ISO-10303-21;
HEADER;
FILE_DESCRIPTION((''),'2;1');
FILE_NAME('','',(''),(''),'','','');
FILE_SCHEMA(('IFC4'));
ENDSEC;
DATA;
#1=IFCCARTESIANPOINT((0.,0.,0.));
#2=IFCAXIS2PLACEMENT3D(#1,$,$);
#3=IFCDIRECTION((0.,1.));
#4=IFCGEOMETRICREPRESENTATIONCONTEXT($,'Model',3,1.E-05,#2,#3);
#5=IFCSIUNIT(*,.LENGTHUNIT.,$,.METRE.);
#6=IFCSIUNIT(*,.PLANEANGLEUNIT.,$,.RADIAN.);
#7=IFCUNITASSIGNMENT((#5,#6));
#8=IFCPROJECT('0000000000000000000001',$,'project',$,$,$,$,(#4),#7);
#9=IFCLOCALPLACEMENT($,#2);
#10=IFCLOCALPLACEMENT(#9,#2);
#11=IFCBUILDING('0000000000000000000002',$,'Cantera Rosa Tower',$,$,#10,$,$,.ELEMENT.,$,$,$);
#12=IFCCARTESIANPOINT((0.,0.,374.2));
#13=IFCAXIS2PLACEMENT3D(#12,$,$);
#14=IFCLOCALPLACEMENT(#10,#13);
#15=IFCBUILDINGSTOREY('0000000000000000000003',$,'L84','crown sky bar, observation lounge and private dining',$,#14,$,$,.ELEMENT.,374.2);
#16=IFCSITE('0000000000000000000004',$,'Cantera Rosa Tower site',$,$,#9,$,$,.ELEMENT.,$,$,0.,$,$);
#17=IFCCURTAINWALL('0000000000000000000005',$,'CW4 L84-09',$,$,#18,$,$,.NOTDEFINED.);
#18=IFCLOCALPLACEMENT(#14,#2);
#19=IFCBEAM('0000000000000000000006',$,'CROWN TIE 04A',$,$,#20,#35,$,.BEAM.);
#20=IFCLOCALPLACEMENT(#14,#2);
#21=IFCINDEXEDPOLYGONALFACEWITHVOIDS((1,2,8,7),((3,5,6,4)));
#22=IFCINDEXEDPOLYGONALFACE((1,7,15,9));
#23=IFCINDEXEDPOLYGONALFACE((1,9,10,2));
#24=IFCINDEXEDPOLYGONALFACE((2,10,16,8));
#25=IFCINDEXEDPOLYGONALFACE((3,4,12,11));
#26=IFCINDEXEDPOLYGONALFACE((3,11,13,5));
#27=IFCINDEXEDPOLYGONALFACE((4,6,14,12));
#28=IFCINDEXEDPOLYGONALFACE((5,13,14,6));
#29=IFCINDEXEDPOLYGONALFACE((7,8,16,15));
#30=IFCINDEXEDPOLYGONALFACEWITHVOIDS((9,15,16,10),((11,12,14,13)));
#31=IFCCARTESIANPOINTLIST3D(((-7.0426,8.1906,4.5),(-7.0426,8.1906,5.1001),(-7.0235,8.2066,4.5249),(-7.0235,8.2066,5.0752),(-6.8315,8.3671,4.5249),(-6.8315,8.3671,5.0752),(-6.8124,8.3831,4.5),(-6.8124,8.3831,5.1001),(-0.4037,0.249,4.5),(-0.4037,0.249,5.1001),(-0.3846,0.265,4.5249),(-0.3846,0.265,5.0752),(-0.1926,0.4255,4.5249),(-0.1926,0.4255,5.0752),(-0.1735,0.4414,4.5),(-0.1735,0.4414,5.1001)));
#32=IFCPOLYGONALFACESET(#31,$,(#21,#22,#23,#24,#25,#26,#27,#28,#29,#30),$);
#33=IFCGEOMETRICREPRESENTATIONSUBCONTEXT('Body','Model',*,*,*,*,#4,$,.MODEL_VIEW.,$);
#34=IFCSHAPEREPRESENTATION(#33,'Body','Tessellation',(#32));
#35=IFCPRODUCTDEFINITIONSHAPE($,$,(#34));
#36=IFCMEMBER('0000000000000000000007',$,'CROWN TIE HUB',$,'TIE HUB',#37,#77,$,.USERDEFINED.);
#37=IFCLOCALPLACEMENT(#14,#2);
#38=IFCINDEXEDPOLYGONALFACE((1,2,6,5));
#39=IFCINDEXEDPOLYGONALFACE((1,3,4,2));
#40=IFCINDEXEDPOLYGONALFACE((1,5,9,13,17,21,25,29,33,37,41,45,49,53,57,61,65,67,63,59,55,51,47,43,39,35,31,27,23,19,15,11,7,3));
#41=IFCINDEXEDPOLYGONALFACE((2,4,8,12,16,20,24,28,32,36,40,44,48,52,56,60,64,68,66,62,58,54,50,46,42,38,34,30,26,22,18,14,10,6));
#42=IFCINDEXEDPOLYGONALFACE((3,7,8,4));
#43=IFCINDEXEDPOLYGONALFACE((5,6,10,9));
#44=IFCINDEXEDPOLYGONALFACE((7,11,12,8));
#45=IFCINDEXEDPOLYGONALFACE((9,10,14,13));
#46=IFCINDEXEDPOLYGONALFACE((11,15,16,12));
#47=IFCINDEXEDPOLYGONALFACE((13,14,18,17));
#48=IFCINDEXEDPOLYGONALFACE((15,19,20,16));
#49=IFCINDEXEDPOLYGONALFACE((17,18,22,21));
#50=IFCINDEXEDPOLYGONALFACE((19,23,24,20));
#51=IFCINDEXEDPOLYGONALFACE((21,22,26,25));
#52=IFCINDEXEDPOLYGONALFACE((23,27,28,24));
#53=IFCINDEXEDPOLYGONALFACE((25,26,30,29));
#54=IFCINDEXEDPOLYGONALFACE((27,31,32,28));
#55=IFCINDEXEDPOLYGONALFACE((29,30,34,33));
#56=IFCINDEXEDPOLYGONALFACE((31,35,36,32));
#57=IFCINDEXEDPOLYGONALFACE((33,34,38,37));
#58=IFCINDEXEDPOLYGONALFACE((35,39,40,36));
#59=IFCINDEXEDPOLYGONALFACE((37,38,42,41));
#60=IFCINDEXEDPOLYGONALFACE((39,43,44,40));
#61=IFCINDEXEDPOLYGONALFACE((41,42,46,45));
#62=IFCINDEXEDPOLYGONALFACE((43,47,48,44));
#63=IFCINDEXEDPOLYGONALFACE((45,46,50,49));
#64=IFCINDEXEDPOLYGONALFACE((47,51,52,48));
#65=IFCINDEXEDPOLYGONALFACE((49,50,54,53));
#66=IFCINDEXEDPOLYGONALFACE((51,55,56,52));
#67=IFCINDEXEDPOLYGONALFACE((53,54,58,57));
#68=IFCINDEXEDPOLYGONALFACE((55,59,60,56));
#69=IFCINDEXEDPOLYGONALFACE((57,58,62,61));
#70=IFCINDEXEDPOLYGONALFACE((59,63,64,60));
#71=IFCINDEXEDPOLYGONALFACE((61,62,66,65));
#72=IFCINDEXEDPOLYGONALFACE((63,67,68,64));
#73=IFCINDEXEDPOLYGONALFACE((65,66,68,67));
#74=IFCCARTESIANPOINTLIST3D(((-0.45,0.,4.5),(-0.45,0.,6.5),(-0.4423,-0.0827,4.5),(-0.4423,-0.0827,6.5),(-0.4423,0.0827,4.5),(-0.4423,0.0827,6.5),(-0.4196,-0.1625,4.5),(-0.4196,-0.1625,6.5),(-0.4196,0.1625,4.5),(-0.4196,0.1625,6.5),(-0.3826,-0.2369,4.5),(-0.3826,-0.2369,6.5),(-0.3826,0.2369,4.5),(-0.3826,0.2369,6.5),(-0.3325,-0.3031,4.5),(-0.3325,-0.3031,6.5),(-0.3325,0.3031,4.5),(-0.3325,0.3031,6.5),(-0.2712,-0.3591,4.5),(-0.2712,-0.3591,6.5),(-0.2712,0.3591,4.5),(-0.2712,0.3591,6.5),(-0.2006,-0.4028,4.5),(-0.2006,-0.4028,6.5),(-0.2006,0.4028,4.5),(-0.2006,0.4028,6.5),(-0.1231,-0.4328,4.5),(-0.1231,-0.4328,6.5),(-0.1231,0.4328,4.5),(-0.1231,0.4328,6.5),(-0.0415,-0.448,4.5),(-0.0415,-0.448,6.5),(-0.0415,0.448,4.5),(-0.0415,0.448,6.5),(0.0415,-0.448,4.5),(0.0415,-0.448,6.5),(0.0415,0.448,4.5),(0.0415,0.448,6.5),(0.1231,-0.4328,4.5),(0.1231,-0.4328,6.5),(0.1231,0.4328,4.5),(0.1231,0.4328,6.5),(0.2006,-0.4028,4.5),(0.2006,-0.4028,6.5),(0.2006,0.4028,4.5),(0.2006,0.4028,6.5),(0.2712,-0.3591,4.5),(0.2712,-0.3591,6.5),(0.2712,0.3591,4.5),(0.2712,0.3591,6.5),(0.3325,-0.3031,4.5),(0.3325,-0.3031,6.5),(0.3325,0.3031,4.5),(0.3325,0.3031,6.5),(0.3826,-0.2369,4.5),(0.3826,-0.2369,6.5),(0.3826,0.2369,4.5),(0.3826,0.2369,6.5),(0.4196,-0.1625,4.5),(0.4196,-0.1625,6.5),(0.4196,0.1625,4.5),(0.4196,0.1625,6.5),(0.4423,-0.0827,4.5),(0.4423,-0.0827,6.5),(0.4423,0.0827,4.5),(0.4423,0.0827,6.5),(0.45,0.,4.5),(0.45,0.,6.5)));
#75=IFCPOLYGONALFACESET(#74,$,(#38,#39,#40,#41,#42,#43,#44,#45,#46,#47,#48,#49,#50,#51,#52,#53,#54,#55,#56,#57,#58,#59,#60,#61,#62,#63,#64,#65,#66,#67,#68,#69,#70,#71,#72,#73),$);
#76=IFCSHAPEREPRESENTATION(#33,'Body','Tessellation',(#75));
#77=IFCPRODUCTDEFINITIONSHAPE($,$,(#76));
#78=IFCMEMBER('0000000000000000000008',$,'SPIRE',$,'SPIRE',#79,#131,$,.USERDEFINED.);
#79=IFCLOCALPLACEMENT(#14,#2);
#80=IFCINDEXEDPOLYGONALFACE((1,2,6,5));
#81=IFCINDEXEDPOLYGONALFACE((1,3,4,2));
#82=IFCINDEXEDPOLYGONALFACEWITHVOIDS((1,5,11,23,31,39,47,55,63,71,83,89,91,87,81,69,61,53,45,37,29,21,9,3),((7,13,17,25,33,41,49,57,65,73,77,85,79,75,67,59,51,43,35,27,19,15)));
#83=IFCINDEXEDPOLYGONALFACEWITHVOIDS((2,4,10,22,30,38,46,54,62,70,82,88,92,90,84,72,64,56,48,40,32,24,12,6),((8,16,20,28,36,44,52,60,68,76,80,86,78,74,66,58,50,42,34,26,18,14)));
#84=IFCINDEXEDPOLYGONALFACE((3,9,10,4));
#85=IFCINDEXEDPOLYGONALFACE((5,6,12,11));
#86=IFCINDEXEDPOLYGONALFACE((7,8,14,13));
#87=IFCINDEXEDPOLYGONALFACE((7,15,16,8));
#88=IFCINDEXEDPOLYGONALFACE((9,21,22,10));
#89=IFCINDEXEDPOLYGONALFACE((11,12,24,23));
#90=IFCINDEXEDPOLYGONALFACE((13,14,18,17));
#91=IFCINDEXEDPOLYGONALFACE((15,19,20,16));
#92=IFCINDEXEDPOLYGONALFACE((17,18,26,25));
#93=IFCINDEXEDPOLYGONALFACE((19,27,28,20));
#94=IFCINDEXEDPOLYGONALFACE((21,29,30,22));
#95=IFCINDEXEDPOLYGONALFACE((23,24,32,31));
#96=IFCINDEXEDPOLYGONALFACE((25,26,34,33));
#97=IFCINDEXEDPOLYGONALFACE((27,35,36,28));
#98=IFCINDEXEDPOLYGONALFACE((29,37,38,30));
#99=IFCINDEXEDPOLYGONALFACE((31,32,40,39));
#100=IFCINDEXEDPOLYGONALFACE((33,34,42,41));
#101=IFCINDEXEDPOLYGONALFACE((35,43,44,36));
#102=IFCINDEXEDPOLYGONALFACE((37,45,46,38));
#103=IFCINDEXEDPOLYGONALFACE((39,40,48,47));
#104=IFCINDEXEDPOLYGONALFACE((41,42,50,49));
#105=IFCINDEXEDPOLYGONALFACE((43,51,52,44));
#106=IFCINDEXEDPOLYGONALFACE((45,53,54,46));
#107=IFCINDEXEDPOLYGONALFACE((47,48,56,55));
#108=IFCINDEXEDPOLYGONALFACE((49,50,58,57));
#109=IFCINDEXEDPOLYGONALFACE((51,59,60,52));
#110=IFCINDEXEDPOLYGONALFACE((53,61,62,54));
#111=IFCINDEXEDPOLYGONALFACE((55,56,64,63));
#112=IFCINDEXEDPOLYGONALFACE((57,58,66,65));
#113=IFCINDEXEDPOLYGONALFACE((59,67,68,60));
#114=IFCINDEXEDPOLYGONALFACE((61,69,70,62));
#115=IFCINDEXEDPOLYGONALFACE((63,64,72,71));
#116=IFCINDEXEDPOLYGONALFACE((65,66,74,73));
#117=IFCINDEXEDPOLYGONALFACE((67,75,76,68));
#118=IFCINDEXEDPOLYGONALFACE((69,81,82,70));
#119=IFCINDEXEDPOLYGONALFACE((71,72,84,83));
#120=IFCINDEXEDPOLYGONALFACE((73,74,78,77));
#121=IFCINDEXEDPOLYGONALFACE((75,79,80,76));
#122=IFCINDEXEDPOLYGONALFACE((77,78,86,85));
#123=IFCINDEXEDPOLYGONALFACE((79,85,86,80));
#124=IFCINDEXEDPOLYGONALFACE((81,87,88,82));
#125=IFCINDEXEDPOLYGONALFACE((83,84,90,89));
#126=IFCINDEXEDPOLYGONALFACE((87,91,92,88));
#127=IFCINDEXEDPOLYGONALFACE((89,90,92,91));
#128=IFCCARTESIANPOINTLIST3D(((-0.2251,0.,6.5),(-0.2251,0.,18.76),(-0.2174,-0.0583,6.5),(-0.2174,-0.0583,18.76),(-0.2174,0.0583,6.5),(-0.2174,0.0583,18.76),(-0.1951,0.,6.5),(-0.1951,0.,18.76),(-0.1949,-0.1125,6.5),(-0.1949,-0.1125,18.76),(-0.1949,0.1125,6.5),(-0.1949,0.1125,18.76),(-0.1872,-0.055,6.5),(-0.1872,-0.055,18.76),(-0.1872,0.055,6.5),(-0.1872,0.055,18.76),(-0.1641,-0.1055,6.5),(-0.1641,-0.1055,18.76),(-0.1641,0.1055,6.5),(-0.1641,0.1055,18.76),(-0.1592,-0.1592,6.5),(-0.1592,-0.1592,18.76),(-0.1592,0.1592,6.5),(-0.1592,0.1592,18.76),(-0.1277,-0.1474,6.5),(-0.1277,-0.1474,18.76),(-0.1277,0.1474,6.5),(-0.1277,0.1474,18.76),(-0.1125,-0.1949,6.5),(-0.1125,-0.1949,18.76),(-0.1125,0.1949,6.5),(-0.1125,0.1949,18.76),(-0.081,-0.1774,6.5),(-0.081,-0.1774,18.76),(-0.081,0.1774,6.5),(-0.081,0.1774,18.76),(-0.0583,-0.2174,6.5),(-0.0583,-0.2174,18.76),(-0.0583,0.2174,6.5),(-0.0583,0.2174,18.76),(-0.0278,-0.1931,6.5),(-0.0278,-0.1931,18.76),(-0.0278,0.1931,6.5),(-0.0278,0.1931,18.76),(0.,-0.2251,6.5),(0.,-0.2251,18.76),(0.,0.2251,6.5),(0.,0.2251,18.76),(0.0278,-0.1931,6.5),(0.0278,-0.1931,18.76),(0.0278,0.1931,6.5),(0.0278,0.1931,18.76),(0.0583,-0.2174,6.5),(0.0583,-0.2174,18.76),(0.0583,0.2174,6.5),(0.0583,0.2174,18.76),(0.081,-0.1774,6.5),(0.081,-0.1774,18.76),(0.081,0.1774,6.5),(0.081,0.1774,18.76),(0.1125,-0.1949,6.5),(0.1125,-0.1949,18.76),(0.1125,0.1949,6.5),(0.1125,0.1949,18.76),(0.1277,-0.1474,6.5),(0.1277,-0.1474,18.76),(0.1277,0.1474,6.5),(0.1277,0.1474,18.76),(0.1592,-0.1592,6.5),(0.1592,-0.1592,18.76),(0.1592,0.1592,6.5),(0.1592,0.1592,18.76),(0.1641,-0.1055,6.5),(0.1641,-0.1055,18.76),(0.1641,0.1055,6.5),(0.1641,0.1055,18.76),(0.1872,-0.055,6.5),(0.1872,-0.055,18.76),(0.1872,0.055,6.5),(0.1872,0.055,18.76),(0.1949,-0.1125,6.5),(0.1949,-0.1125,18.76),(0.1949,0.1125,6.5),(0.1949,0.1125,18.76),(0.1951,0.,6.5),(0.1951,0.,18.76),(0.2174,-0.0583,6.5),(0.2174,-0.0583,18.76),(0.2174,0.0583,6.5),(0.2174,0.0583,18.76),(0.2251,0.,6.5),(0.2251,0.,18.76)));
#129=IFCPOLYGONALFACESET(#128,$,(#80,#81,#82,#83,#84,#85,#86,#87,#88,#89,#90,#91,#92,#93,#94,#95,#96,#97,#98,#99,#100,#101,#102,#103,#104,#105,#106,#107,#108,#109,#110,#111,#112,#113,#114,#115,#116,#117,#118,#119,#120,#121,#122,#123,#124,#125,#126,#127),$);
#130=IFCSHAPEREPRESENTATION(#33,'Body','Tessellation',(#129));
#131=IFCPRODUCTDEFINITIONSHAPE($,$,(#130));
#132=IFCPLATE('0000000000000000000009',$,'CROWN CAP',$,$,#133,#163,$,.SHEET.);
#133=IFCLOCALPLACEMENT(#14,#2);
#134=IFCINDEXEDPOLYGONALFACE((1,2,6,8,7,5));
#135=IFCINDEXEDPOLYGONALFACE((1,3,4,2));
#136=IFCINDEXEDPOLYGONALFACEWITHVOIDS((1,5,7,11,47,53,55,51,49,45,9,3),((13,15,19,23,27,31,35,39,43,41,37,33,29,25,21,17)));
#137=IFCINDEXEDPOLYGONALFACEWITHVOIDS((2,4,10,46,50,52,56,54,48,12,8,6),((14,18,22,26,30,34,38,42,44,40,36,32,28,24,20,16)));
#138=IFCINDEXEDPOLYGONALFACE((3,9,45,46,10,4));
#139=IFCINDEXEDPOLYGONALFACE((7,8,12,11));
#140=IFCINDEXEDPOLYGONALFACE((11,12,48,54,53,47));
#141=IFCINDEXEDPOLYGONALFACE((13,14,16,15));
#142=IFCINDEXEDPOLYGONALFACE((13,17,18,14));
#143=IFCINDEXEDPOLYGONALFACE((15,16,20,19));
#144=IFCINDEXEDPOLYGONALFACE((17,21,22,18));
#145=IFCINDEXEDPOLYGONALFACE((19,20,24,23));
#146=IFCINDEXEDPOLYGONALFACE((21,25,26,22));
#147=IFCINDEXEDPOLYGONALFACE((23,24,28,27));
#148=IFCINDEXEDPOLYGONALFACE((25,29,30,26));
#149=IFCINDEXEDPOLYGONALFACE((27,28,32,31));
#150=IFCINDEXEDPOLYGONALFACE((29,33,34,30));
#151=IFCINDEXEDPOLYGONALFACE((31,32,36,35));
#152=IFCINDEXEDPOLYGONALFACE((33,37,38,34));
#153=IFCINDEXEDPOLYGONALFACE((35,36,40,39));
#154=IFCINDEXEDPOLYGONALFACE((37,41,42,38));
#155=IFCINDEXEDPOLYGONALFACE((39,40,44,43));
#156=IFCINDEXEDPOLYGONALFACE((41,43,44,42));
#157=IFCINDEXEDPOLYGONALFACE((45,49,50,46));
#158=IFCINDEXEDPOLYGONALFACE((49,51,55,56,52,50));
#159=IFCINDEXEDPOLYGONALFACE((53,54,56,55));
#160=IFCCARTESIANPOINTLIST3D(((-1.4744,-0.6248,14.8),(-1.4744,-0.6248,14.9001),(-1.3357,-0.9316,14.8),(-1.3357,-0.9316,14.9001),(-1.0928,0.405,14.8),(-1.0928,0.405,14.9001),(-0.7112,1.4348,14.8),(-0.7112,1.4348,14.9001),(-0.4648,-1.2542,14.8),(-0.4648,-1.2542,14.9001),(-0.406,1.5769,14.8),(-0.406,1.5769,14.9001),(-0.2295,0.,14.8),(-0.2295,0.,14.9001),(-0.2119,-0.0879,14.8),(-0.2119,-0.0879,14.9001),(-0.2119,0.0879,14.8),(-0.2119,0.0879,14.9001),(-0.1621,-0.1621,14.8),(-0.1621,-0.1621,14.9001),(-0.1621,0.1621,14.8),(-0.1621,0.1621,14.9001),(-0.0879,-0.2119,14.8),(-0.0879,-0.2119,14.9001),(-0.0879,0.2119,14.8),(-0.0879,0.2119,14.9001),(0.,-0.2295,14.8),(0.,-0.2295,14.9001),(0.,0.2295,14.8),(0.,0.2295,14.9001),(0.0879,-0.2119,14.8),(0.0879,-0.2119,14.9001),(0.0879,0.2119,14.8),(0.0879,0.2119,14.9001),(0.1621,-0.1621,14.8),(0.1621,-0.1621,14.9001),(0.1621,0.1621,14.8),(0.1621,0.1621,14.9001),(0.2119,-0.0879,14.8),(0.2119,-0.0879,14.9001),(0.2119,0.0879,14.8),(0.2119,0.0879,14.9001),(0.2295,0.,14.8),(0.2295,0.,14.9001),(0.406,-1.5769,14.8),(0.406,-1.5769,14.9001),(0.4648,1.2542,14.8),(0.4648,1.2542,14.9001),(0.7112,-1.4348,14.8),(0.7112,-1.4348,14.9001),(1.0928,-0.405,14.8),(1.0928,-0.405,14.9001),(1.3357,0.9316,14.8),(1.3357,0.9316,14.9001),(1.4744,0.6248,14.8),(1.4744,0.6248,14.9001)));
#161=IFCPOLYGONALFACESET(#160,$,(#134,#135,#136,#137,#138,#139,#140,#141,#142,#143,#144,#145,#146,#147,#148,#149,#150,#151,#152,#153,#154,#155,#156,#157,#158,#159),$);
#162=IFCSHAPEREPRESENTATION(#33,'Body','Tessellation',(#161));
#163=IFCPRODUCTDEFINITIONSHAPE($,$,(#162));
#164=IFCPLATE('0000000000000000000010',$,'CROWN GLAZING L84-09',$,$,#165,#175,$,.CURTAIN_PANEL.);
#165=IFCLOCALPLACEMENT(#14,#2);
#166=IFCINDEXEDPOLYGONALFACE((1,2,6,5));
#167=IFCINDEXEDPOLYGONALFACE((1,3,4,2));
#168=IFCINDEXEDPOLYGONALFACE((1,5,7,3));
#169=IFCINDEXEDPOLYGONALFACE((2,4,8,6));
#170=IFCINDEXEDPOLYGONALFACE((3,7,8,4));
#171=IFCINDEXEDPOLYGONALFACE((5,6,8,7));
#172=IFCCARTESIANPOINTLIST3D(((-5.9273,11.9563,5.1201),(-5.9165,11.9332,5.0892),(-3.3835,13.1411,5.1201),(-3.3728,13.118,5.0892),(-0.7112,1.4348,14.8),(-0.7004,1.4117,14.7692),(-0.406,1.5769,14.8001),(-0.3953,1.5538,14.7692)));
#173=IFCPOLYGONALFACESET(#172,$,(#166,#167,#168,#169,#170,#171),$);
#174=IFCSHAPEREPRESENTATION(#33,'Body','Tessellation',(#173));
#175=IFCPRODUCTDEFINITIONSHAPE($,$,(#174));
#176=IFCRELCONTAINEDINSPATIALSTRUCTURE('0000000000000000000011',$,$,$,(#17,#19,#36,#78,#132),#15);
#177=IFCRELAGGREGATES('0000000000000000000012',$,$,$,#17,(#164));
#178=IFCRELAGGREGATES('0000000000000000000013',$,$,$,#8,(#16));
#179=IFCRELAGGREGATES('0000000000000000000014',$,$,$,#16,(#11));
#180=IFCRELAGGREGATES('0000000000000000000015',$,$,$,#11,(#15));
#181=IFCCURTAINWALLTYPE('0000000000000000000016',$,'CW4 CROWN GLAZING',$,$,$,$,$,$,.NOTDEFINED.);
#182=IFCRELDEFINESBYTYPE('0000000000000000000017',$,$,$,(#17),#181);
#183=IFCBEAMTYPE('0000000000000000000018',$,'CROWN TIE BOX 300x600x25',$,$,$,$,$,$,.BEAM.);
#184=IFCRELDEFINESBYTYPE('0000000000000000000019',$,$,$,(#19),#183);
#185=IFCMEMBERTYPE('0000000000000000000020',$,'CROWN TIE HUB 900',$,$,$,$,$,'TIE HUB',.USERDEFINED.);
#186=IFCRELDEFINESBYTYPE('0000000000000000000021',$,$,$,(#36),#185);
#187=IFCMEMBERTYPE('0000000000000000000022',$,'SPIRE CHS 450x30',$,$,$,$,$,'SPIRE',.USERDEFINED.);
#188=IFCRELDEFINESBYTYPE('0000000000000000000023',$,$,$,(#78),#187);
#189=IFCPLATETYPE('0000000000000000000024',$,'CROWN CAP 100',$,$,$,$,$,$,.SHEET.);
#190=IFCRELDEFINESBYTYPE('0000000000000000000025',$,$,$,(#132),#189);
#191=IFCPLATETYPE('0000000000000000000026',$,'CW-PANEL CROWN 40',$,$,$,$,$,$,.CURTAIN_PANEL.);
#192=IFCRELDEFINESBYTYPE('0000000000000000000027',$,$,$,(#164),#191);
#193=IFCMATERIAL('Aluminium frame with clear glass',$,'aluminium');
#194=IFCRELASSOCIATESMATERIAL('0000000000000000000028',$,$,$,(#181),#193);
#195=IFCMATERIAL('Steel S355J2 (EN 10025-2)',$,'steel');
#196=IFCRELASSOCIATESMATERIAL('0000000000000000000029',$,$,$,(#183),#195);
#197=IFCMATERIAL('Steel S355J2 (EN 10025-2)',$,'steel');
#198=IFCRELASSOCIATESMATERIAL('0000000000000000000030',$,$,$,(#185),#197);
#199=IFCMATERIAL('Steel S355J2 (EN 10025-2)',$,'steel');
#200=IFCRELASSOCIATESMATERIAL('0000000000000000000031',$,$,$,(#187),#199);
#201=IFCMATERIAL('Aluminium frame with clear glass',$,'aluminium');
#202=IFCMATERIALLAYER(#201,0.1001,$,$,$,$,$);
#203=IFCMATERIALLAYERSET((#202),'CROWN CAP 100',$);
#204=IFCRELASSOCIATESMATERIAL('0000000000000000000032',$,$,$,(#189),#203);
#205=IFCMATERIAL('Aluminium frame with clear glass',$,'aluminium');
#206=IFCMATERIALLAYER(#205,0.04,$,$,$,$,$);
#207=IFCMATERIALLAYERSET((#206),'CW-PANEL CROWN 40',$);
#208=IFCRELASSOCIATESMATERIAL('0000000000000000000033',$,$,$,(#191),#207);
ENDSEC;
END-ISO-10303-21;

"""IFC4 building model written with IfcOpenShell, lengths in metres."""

from ifc_helpers import new_model, si_unit, direction, frame, origin, origin_2d, place, context, subcontext, project, spatial, polyline, hollow_rectangle, circle, hollow_circle, outline, extrude, material, layer, layer_set, material_profile, profile_set, type_object, element, aggregate, save


model = new_model("IFC4")

# Units and contexts
model_context = context("Model", 3, precision=1e-05, world=origin(), true_north=direction((0.0, 1.0)))
body_context = subcontext(model_context, "Body", "Model", "MODEL_VIEW")
ifc_project = project(units=[si_unit("LENGTHUNIT", "METRE"), si_unit("PLANEANGLEUNIT", "RADIAN")], contexts=[model_context])

# Site, building, storey
site_placement = place(None, origin())
site = spatial("IfcSite", under=ifc_project, at=site_placement, Name="Cantera Rosa Tower site", CompositionType="ELEMENT", RefElevation=0.0)
building_placement = place(site_placement, origin())
building = spatial("IfcBuilding", under=site, at=building_placement, Name="Cantera Rosa Tower", CompositionType="ELEMENT")
storey_placement = place(building_placement, frame((0.0, 0.0, 374.2)))
storey = spatial("IfcBuildingStorey", under=building, at=storey_placement, Name="L84", Description="crown sky bar, observation lounge and private dining", CompositionType="ELEMENT", Elevation=374.2)

# Curtain wall
ifc_material_1 = material(Name="Aluminium frame with clear glass", Category="aluminium")
curtain_wall_type = type_object("IfcCurtainWallType", Name="CW4 CROWN GLAZING", PredefinedType="NOTDEFINED", material=ifc_material_1)
curtain_wall_1_placement = place(storey_placement, origin())
curtain_wall_1 = element("IfcCurtainWall", 1, at=curtain_wall_1_placement, inside=storey, type_object=curtain_wall_type, Name="CW4 L84-09", PredefinedType="NOTDEFINED")

# Beam
ifc_material_2 = material(Name="Steel S355J2 (EN 10025-2)", Category="steel")
ifc_material_profile_1 = material_profile(ifc_material_2, hollow_rectangle(XDim=0.3, YDim=0.6001, WallThickness=0.0249, at=origin_2d()), Name="CROWN TIE BOX 300x600x25")
ifc_profile_set_1 = profile_set([ifc_material_profile_1], Name="Steel S355J2 (EN 10025-2)")
beam_type_1 = type_object("IfcBeamType", Name="CROWN TIE BOX 300x600x25", PredefinedType="BEAM", material=ifc_profile_set_1)
beam_1_placement = place(storey_placement, frame((-6.9275, 8.2869, 4.8), z_axis=(0.641374, -0.767229, 0.0), x_axis=(0.767229, 0.641374, 0.0)))
element("IfcBeam", 2, at=beam_1_placement, inside=storey, type_object=beam_type_1, Name="CROWN TIE 04A", PredefinedType="BEAM", context=body_context, shape_type="SweptSolid", body=[
    extrude(hollow_rectangle(XDim=0.3, YDim=0.6001, WallThickness=0.0249, at=origin_2d()), origin(), (0.0, 0.0, 1.0), 10.3511),
])

# Members
ifc_material_3 = material(Name="Steel S355J2 (EN 10025-2)", Category="steel")
ifc_material_profile_2 = material_profile(ifc_material_3, circle(Radius=0.45, at=origin_2d()), Name="CROWN TIE HUB 900")
ifc_profile_set_2 = profile_set([ifc_material_profile_2], Name="Steel S355J2 (EN 10025-2)")
member_type_1 = type_object("IfcMemberType", Name="CROWN TIE HUB 900", ElementType="TIE HUB", PredefinedType="USERDEFINED", material=ifc_profile_set_2)
member_1_placement = place(storey_placement, frame((0.0, 0.0, 4.5), z_axis=(0.0, 0.0, 1.0), x_axis=(1.0, 0.0, 0.0)))
element("IfcMember", 3, at=member_1_placement, inside=storey, type_object=member_type_1, Name="CROWN TIE HUB", ObjectType="TIE HUB", PredefinedType="USERDEFINED", context=body_context, shape_type="SweptSolid", body=[
    extrude(circle(Radius=0.45, at=origin_2d()), origin(), (0.0, 0.0, 1.0), 2.0),
])
ifc_material_4 = material(Name="Steel S355J2 (EN 10025-2)", Category="steel")
ifc_material_profile_3 = material_profile(ifc_material_4, hollow_circle(Radius=0.2251, WallThickness=0.03, at=origin_2d()), Name="SPIRE CHS 450x30")
ifc_profile_set_3 = profile_set([ifc_material_profile_3], Name="Steel S355J2 (EN 10025-2)")
member_type_2 = type_object("IfcMemberType", Name="SPIRE CHS 450x30", ElementType="SPIRE", PredefinedType="USERDEFINED", material=ifc_profile_set_3)
member_2_placement = place(storey_placement, frame((0.0, 0.0, 6.5), z_axis=(0.0, 0.0, 1.0), x_axis=(1.0, 0.0, 0.0)))
element("IfcMember", 4, at=member_2_placement, inside=storey, type_object=member_type_2, Name="SPIRE", ObjectType="SPIRE", PredefinedType="USERDEFINED", context=body_context, shape_type="SweptSolid", body=[
    extrude(hollow_circle(Radius=0.2251, WallThickness=0.03, at=origin_2d()), origin(), (0.0, 0.0, 1.0), 12.26),
])

# Plates
ifc_material_5 = material(Name="Aluminium frame with clear glass", Category="aluminium")
ifc_layer_1 = layer(ifc_material_5, 0.1001)
ifc_layer_set_1 = layer_set([ifc_layer_1], Name="CROWN CAP 100")
plate_type_1 = type_object("IfcPlateType", Name="CROWN CAP 100", PredefinedType="SHEET", material=ifc_layer_set_1)
plate_1_placement = place(storey_placement, frame((0.0, 0.0, 14.8)))
element("IfcPlate", 5, at=plate_1_placement, inside=storey, type_object=plate_type_1, Name="CROWN CAP", PredefinedType="SHEET", context=body_context, shape_type="SweptSolid", body=[
    extrude(outline(polyline([(-1.3357, -0.9316), (-0.4648, -1.2542), (0.406, -1.5769), (0.7112, -1.4348), (1.0928, -0.405), (1.4744, 0.6248), (1.3357, 0.9316), (0.4648, 1.2542), (-0.406, 1.5769), (-0.7112, 1.4348), (-1.0928, 0.405), (-1.4744, -0.6248), (-1.3357, -0.9316)]), holes=[polyline([(0.2295, 0.0), (0.2119, 0.0879), (0.1621, 0.1621), (0.0879, 0.2119), (0.0, 0.2295), (-0.0879, 0.2119), (-0.1621, 0.1621), (-0.2119, 0.0879), (-0.2295, 0.0), (-0.2119, -0.0879), (-0.1621, -0.1621), (-0.0879, -0.2119), (0.0, -0.2295), (0.0879, -0.2119), (0.1621, -0.1621), (0.2119, -0.0879), (0.2295, 0.0)])]), origin(), (0.0, 0.0, 1.0), 0.1001),
])
ifc_material_6 = material(Name="Aluminium frame with clear glass", Category="aluminium")
ifc_layer_2 = layer(ifc_material_6, 0.04)
ifc_layer_set_2 = layer_set([ifc_layer_2], Name="CW-PANEL CROWN 40")
plate_type_2 = type_object("IfcPlateType", Name="CW-PANEL CROWN 40", PredefinedType="CURTAIN_PANEL", material=ifc_layer_set_2)
plate_2_placement = place(storey_placement, frame((-3.3835, 13.1411, 5.1201), z_axis=(-0.268597, 0.576681, 0.771554), x_axis=(-0.906492, -0.422222, 0.000008)))
plate_2 = element("IfcPlate", 6, at=plate_2_placement, type_object=plate_type_2, Name="CROWN GLAZING L84-09", PredefinedType="CURTAIN_PANEL", context=body_context, shape_type="SweptSolid", body=[
    extrude(outline(polyline([(0.0, 0.0), (2.8061, 0.0), (2.5203, 15.2161), (2.1836, 15.2161), (0.0, 0.0)])), origin(), (0.0, 0.0, -1.0), 0.04),
])

aggregate(curtain_wall_1, [plate_2])

save(model, "model.ifc")
